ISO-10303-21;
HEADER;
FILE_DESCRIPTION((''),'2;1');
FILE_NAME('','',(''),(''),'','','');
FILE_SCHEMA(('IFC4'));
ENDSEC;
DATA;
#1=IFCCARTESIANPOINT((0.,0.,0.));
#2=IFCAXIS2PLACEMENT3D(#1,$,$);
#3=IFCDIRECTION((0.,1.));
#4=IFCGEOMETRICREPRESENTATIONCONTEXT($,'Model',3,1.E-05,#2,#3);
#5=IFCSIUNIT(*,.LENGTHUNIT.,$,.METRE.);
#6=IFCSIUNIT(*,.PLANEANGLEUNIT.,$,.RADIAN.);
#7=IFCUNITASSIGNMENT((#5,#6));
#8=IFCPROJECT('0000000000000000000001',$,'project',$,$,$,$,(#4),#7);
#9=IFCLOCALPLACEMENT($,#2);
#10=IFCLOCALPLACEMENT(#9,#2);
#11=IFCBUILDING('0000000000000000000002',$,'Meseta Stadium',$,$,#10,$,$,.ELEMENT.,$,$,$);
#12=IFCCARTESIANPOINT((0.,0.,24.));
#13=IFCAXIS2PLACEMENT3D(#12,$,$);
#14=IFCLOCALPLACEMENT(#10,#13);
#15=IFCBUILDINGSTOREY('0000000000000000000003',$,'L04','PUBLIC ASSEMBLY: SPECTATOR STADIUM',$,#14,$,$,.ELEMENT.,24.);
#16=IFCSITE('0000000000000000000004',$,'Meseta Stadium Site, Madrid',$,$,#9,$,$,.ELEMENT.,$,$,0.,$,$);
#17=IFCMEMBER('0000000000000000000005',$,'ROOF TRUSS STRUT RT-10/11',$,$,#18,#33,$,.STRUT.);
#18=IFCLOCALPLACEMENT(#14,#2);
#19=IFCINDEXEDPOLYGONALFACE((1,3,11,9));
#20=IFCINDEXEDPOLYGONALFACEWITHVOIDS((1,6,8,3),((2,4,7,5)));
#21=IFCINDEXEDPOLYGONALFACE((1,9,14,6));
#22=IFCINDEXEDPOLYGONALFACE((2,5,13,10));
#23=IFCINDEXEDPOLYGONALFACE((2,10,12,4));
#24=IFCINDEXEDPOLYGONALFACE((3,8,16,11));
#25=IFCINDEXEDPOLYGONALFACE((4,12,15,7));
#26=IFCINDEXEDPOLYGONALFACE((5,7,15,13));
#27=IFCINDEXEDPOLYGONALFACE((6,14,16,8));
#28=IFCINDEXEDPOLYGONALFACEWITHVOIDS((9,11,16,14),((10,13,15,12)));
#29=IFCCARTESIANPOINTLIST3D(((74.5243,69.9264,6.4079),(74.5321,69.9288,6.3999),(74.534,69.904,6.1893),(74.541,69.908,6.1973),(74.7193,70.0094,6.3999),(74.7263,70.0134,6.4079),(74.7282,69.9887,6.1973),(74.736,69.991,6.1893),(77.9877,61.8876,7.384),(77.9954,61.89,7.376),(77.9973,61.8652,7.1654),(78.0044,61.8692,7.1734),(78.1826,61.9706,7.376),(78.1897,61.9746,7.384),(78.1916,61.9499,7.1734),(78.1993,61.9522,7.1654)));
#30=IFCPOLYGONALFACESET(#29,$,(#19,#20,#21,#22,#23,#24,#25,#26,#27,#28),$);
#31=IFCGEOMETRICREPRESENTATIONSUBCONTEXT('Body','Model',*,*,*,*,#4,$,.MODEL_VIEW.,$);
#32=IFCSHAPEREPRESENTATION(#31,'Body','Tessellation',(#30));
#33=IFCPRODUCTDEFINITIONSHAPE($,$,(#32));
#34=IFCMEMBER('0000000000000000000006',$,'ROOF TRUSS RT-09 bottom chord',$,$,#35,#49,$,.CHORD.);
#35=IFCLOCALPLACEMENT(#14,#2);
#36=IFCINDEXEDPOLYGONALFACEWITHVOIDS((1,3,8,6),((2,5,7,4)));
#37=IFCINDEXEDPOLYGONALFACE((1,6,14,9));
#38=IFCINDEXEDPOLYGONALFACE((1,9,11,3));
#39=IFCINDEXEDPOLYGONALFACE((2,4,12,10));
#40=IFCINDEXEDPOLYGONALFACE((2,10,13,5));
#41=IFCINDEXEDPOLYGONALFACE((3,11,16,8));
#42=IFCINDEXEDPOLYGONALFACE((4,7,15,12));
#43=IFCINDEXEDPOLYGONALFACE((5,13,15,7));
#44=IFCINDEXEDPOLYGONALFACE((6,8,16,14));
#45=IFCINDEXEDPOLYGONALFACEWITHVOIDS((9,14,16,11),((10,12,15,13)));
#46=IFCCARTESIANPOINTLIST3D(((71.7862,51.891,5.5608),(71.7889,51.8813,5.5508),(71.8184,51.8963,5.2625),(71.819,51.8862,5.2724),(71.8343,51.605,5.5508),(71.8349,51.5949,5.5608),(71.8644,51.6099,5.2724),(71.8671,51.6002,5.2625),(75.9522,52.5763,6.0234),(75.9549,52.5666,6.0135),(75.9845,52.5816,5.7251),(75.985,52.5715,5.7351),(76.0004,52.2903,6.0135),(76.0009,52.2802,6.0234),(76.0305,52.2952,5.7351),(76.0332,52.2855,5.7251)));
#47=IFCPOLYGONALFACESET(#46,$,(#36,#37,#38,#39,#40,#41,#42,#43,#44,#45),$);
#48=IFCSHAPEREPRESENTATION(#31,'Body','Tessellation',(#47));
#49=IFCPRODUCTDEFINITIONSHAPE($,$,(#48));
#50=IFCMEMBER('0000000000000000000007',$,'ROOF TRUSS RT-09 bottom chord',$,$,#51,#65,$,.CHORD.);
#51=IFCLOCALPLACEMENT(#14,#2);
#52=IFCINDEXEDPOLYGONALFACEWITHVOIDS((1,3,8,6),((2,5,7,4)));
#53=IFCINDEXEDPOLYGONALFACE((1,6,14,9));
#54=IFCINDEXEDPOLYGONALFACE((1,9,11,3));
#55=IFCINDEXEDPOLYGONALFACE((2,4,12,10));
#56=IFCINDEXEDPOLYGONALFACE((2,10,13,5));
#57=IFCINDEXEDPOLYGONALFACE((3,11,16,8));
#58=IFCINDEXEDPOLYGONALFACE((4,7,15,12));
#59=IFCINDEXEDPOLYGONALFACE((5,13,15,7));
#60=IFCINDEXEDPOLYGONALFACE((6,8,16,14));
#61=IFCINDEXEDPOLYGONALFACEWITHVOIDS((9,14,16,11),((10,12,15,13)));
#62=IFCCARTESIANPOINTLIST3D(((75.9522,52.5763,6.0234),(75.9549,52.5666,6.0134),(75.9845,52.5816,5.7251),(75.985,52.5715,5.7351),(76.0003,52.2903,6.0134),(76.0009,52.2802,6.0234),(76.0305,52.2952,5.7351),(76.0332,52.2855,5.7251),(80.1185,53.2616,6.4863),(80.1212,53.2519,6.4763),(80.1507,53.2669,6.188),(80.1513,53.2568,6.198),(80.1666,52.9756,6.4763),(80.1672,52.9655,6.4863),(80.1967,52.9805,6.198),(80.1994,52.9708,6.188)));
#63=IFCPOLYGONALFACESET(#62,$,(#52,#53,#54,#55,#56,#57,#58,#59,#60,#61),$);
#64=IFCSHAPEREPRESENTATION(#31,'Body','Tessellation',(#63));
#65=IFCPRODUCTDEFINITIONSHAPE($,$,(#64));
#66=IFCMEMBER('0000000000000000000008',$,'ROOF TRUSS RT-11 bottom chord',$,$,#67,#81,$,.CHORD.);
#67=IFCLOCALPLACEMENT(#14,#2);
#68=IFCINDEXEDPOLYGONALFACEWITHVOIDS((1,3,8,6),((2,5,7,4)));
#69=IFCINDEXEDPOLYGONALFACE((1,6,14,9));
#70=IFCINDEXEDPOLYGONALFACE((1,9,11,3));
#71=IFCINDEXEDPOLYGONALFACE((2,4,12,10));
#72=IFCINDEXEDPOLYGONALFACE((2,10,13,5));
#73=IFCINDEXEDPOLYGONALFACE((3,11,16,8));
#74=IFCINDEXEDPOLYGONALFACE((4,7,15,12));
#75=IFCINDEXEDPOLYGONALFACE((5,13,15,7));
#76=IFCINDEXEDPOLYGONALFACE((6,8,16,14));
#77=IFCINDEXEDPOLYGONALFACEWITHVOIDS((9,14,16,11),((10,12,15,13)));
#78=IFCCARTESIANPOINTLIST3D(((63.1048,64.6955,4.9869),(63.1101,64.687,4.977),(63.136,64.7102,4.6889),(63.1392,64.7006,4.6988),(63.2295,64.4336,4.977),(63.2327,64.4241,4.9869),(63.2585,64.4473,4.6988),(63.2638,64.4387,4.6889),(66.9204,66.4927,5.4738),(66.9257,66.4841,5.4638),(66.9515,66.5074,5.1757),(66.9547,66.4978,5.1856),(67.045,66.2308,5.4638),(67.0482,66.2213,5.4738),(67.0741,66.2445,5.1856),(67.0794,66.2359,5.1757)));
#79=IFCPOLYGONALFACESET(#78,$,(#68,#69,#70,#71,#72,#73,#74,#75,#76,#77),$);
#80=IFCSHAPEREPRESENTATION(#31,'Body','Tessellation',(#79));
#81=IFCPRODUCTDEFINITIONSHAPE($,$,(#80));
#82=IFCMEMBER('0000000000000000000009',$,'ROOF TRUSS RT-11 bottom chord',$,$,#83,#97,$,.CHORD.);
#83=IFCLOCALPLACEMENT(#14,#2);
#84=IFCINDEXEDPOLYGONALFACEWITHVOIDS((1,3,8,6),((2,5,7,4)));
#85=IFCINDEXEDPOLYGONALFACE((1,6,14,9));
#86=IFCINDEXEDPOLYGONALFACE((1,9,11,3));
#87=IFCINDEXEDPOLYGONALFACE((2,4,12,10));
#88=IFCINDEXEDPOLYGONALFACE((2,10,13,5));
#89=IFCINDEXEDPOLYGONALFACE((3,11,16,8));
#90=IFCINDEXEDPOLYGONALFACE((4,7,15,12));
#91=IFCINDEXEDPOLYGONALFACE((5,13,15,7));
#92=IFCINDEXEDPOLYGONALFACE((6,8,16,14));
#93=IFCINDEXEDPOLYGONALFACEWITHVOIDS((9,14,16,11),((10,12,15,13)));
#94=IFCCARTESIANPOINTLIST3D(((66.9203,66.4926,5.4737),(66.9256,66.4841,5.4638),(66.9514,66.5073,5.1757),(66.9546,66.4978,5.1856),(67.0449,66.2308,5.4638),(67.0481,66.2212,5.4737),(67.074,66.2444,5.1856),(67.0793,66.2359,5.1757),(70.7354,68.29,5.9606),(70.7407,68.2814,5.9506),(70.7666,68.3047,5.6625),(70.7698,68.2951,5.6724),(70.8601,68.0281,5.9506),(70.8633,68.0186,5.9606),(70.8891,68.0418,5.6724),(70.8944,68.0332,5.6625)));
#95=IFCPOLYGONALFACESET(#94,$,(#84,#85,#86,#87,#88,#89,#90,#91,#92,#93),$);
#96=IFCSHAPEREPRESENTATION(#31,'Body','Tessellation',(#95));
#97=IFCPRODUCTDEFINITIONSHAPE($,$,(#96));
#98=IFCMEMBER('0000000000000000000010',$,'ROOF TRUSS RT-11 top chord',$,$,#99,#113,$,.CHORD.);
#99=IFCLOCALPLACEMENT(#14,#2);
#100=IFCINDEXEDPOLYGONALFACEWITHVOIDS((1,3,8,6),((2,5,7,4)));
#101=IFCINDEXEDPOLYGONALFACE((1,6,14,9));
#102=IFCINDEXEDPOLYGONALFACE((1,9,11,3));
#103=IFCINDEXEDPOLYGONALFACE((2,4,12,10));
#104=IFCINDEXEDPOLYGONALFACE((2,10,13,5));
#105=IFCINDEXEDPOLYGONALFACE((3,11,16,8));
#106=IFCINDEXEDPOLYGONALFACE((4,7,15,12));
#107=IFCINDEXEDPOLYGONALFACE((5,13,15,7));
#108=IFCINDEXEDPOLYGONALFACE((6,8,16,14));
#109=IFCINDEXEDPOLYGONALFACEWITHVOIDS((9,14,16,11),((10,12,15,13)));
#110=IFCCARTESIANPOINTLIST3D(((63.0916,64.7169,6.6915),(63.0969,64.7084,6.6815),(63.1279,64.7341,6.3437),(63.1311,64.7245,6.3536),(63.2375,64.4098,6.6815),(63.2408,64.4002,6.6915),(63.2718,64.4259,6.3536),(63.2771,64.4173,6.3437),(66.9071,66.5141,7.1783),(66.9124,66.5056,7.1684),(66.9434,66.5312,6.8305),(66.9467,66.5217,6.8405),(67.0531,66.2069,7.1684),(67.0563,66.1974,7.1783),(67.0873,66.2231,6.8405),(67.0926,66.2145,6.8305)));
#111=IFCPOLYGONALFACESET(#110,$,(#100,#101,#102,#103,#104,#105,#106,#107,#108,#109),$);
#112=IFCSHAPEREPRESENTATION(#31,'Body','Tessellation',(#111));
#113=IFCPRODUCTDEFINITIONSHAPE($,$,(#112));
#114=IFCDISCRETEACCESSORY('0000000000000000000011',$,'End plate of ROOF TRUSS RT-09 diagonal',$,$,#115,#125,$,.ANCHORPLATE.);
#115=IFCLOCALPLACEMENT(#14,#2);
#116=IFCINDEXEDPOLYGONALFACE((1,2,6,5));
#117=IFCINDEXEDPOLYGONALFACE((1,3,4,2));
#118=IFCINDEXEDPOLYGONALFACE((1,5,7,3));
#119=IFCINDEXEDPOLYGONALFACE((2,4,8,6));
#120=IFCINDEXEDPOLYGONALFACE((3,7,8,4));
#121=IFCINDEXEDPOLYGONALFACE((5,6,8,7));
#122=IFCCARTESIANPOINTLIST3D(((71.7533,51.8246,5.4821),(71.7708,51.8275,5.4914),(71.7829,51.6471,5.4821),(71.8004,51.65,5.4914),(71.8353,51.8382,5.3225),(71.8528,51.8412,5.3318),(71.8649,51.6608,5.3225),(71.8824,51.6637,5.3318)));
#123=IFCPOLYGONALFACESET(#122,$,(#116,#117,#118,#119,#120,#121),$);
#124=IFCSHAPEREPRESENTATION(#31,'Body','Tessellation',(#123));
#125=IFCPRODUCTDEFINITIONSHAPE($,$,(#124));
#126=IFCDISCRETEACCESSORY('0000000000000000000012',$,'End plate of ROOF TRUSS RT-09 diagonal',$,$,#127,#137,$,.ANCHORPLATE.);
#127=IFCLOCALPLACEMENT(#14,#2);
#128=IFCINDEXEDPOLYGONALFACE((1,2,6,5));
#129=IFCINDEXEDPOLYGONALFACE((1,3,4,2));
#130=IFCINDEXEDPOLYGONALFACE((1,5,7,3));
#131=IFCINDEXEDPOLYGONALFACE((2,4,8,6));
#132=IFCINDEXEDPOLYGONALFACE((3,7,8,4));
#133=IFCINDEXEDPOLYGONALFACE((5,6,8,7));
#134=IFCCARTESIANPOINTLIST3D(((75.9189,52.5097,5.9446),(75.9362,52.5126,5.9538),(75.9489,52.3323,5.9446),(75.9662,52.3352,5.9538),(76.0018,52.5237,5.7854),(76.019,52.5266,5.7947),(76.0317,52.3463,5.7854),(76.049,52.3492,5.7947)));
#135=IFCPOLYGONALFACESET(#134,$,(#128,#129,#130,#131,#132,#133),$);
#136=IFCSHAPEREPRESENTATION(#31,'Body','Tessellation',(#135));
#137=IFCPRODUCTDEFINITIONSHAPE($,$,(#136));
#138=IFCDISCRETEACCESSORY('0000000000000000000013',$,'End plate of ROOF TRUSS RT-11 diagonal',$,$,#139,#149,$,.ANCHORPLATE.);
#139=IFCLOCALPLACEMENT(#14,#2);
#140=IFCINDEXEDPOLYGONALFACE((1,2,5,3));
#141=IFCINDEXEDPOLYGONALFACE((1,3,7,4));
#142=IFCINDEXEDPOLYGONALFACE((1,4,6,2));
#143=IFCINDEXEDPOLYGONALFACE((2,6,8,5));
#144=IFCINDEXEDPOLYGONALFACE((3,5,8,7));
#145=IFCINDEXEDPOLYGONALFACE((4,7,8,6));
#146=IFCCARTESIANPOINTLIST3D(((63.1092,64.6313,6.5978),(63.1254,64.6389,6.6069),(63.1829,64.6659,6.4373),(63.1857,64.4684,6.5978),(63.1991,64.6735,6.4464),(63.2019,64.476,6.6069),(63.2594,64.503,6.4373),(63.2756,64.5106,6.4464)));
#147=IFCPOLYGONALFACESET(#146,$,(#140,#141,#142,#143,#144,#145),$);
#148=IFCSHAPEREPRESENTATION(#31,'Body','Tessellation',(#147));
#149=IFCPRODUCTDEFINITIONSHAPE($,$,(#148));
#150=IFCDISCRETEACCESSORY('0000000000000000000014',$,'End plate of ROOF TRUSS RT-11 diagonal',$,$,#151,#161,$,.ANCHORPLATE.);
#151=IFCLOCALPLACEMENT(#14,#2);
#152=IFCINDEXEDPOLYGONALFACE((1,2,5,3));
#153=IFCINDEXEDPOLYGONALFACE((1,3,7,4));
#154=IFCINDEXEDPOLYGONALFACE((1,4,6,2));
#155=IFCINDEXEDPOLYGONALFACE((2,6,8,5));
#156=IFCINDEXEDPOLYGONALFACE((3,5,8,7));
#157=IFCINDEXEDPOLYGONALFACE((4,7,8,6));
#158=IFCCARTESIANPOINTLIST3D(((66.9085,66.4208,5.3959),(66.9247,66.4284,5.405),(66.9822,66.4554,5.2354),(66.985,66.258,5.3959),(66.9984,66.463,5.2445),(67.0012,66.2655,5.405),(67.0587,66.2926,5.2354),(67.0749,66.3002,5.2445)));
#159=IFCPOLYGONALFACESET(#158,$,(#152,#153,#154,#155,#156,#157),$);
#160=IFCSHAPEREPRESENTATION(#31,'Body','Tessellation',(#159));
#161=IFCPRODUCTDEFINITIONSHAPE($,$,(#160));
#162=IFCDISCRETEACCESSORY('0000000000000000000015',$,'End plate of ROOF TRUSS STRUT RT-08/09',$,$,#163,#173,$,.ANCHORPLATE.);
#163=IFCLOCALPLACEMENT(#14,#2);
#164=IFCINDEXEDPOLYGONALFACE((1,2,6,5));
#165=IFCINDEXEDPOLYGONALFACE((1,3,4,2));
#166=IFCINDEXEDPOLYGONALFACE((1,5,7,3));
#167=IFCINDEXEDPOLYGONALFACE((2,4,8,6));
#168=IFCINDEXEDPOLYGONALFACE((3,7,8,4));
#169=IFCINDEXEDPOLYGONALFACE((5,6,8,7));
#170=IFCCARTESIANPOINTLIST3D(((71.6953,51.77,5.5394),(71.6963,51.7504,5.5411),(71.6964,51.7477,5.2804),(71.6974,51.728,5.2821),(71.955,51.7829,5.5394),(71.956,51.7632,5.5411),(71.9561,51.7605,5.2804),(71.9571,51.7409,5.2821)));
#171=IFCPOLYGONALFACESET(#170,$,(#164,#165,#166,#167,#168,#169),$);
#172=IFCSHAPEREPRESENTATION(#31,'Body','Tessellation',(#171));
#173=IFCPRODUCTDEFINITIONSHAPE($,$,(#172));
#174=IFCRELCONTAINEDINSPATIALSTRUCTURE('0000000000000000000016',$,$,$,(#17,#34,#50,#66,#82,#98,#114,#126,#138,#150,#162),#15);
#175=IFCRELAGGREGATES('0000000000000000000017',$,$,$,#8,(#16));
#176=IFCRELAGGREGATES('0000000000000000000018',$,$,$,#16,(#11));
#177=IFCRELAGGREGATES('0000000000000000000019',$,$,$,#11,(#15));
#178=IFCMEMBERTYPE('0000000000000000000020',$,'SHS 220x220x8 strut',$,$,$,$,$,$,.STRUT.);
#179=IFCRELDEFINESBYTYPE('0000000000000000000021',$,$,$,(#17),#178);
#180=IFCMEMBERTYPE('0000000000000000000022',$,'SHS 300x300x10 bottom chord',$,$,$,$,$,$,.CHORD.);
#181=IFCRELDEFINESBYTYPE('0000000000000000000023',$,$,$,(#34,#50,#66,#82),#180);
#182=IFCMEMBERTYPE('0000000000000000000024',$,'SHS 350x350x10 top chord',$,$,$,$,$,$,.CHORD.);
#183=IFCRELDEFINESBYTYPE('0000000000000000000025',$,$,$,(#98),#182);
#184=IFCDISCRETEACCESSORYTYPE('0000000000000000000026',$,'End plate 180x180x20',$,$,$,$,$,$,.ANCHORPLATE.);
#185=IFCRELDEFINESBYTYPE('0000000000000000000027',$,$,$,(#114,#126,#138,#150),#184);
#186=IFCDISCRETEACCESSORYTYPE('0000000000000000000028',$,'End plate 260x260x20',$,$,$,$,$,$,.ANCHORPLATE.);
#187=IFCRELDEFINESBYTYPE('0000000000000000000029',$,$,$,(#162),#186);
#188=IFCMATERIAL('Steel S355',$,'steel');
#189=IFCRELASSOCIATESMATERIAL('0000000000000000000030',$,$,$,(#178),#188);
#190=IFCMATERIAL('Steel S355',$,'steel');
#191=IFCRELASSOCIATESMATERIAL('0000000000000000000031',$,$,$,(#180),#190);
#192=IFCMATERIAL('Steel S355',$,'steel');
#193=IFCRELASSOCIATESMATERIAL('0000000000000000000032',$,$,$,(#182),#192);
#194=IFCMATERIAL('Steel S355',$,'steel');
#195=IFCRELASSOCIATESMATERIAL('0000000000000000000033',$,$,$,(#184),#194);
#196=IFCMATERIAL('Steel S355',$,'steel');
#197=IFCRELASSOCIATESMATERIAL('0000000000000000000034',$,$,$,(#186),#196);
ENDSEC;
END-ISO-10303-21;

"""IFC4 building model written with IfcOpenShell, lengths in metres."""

from ifc_helpers import new_model, si_unit, direction, frame, origin, origin_2d, place, context, subcontext, project, spatial, rectangle, hollow_rectangle, extrude, material, material_profile, profile_set, type_object, element, save


model = new_model("IFC4")

# Units and contexts
model_context = context("Model", 3, precision=1e-05, world=origin(), true_north=direction((0.0, 1.0)))
body_context = subcontext(model_context, "Body", "Model", "MODEL_VIEW")
ifc_project = project(units=[si_unit("LENGTHUNIT", "METRE"), si_unit("PLANEANGLEUNIT", "RADIAN")], contexts=[model_context])

# Site, building, storey
site_placement = place(None, origin())
site = spatial("IfcSite", under=ifc_project, at=site_placement, Name="Meseta Stadium Site, Madrid", CompositionType="ELEMENT", RefElevation=0.0)
building_placement = place(site_placement, origin())
building = spatial("IfcBuilding", under=site, at=building_placement, Name="Meseta Stadium", CompositionType="ELEMENT")
storey_placement = place(building_placement, frame((0.0, 0.0, 24.0)))
storey = spatial("IfcBuildingStorey", under=building, at=storey_placement, Name="L04", Description="PUBLIC ASSEMBLY: SPECTATOR STADIUM", CompositionType="ELEMENT", Elevation=24.0)

# Members
ifc_material_1 = material(Name="Steel S355", Category="steel")
ifc_material_profile_1 = material_profile(ifc_material_1, hollow_rectangle(XDim=0.22, YDim=0.22, WallThickness=0.0081, at=origin_2d()), Name="SHS 220x220x8")
ifc_profile_set_1 = profile_set([ifc_material_profile_1], Name="Steel S355")
member_type_1 = type_object("IfcMemberType", Name="SHS 220x220x8 strut", PredefinedType="STRUT", material=ifc_profile_set_1)
member_1_placement = place(storey_placement, frame((78.0935, 61.9199, 7.2747), z_axis=(-0.393235, 0.912734, -0.110824), x_axis=(-0.918392, -0.395672, 0.0)))
element("IfcMember", 1, at=member_1_placement, inside=storey, type_object=member_type_1, Name="ROOF TRUSS STRUT RT-10/11", PredefinedType="STRUT", context=body_context, shape_type="SweptSolid", body=[
    extrude(hollow_rectangle(XDim=0.22, YDim=0.22, WallThickness=0.0081, at=origin_2d()), origin(), (0.0, 0.0, 1.0), 8.8074),
])
ifc_material_2 = material(Name="Steel S355", Category="steel")
ifc_material_profile_2 = material_profile(ifc_material_2, hollow_rectangle(XDim=0.3, YDim=0.3, WallThickness=0.01, at=origin_2d()), Name="SHS 300x300x10")
ifc_profile_set_2 = profile_set([ifc_material_profile_2], Name="Steel S355")
member_type_2 = type_object("IfcMemberType", Name="SHS 300x300x10 bottom chord", PredefinedType="CHORD", material=ifc_profile_set_2)
member_2_placement = place(storey_placement, frame((71.8267, 51.7456, 5.4116), z_axis=(0.980867, 0.161351, 0.108928), x_axis=(-0.162317, 0.986739, 0.0)))
element("IfcMember", 2, at=member_2_placement, inside=storey, type_object=member_type_2, Name="ROOF TRUSS RT-09 bottom chord", PredefinedType="CHORD", context=body_context, shape_type="SweptSolid", body=[
    extrude(hollow_rectangle(XDim=0.3, YDim=0.3, WallThickness=0.01, at=origin_2d()), origin(), (0.0, 0.0, 1.0), 4.2473),
])
member_3_placement = place(storey_placement, frame((75.9927, 52.4309, 5.8743), z_axis=(0.980863, 0.161341, 0.108978), x_axis=(-0.162308, 0.98674, 0.0)))
element("IfcMember", 3, at=member_3_placement, inside=storey, type_object=member_type_2, Name="ROOF TRUSS RT-09 bottom chord", PredefinedType="CHORD", context=body_context, shape_type="SweptSolid", body=[
    extrude(hollow_rectangle(XDim=0.3, YDim=0.3, WallThickness=0.01, at=origin_2d()), origin(), (0.0, 0.0, 1.0), 4.2476),
])
member_4_placement = place(storey_placement, frame((63.1843, 64.5671, 4.8379), z_axis=(0.898703, 0.423301, 0.114667), x_axis=(-0.426112, 0.90467, 0.0)))
element("IfcMember", 4, at=member_4_placement, inside=storey, type_object=member_type_2, Name="ROOF TRUSS RT-11 bottom chord", PredefinedType="CHORD", context=body_context, shape_type="SweptSolid", body=[
    extrude(hollow_rectangle(XDim=0.3, YDim=0.3, WallThickness=0.01, at=origin_2d()), origin(), (0.0, 0.0, 1.0), 4.2456),
])
member_5_placement = place(storey_placement, frame((66.9998, 66.3643, 5.3247), z_axis=(0.89867, 0.42337, 0.11467), x_axis=(-0.426182, 0.904638, 0.0)))
element("IfcMember", 5, at=member_5_placement, inside=storey, type_object=member_type_2, Name="ROOF TRUSS RT-11 bottom chord", PredefinedType="CHORD", context=body_context, shape_type="SweptSolid", body=[
    extrude(hollow_rectangle(XDim=0.3, YDim=0.3, WallThickness=0.01, at=origin_2d()), origin(), (0.0, 0.0, 1.0), 4.2454),
])
ifc_material_3 = material(Name="Steel S355", Category="steel")
ifc_material_profile_3 = material_profile(ifc_material_3, hollow_rectangle(XDim=0.3501, YDim=0.3501, WallThickness=0.01, at=origin_2d()), Name="SHS 350x350x10")
ifc_profile_set_3 = profile_set([ifc_material_profile_3], Name="Steel S355")
member_type_3 = type_object("IfcMemberType", Name="SHS 350x350x10 top chord", PredefinedType="CHORD", material=ifc_profile_set_3)
member_6_placement = place(storey_placement, frame((63.1843, 64.5671, 6.5176), z_axis=(0.898703, 0.423301, 0.114667), x_axis=(-0.426112, 0.90467, 0.0)))
element("IfcMember", 6, at=member_6_placement, inside=storey, type_object=member_type_3, Name="ROOF TRUSS RT-11 top chord", PredefinedType="CHORD", context=body_context, shape_type="SweptSolid", body=[
    extrude(hollow_rectangle(XDim=0.3501, YDim=0.3501, WallThickness=0.01, at=origin_2d()), origin(), (0.0, 0.0, 1.0), 4.2456),
])

# Discrete accessories
ifc_material_4 = material(Name="Steel S355", Category="steel")
ifc_material_profile_4 = material_profile(ifc_material_4, rectangle(XDim=0.1799, YDim=0.1799, at=origin_2d()), Name="PL 180x180")
ifc_profile_set_4 = profile_set([ifc_material_profile_4], Name="Steel S355")
discrete_accessory_type_1 = type_object("IfcDiscreteAccessoryType", Name="End plate 180x180x20", PredefinedType="ANCHORPLATE", material=ifc_profile_set_4)
discrete_accessory_1_placement = place(storey_placement, frame((71.8091, 51.7427, 5.4023), z_axis=(0.874931, 0.145822, 0.461769), x_axis=(-0.164399, 0.986394, 0.0)))
element("IfcDiscreteAccessory", 7, at=discrete_accessory_1_placement, inside=storey, type_object=discrete_accessory_type_1, Name="End plate of ROOF TRUSS RT-09 diagonal", PredefinedType="ANCHORPLATE", context=body_context, shape_type="SweptSolid", body=[
    extrude(rectangle(XDim=0.1799, YDim=0.1799, at=origin_2d()), origin(), (0.0, 0.0, 1.0), 0.02),
])
discrete_accessory_2_placement = place(storey_placement, frame((75.9753, 52.428, 5.865), z_axis=(0.872036, 0.147386, 0.466723), x_axis=(-0.166651, 0.986016, 0.0)))
element("IfcDiscreteAccessory", 8, at=discrete_accessory_2_placement, inside=storey, type_object=discrete_accessory_type_1, Name="End plate of ROOF TRUSS RT-09 diagonal", PredefinedType="ANCHORPLATE", context=body_context, shape_type="SweptSolid", body=[
    extrude(rectangle(XDim=0.1799, YDim=0.1799, at=origin_2d()), origin(), (0.0, 0.0, 1.0), 0.0198),
])
for number, where, z_axis, x_axis, name in (
    (9, (63.1843, 64.5671, 6.5176), (0.807162, 0.379122, 0.4525), (-0.425136, 0.905129, 0.0), "End plate of ROOF TRUSS RT-11 diagonal"),
    (10, (66.9836, 66.3567, 5.3157), (0.807162, 0.379122, 0.4525), (-0.425136, 0.905129, 0.0), "End plate of ROOF TRUSS RT-11 diagonal"),
):
    element("IfcDiscreteAccessory", number, at=place(storey_placement, frame(where, z_axis=z_axis, x_axis=x_axis)), inside=storey, type_object=discrete_accessory_type_1, Name=name, PredefinedType="ANCHORPLATE", context=body_context, shape_type="SweptSolid", body=[
        extrude(rectangle(XDim=0.1799, YDim=0.1799, at=origin_2d()), origin(), (0.0, 0.0, 1.0), 0.02),
    ])
ifc_material_5 = material(Name="Steel S355", Category="steel")
ifc_material_profile_5 = material_profile(ifc_material_5, rectangle(XDim=0.26, YDim=0.26, at=origin_2d()), Name="PL 260x260")
ifc_profile_set_5 = profile_set([ifc_material_profile_5], Name="Steel S355")
discrete_accessory_type_2 = type_object("IfcDiscreteAccessoryType", Name="End plate 260x260x20", PredefinedType="ANCHORPLATE", material=ifc_profile_set_5)
discrete_accessory_3_placement = place(storey_placement, frame((71.8267, 51.7456, 5.4116), z_axis=(-0.04914, 0.995083, -0.085995), x_axis=(-0.998783, -0.049323, 0.0)))
element("IfcDiscreteAccessory", 11, at=discrete_accessory_3_placement, inside=storey, type_object=discrete_accessory_type_2, Name="End plate of ROOF TRUSS STRUT RT-08/09", PredefinedType="ANCHORPLATE", context=body_context, shape_type="SweptSolid", body=[
    extrude(rectangle(XDim=0.26, YDim=0.26, at=origin_2d()), origin(), (0.0, 0.0, 1.0), 0.0198),
])

save(model, "model.ifc")
